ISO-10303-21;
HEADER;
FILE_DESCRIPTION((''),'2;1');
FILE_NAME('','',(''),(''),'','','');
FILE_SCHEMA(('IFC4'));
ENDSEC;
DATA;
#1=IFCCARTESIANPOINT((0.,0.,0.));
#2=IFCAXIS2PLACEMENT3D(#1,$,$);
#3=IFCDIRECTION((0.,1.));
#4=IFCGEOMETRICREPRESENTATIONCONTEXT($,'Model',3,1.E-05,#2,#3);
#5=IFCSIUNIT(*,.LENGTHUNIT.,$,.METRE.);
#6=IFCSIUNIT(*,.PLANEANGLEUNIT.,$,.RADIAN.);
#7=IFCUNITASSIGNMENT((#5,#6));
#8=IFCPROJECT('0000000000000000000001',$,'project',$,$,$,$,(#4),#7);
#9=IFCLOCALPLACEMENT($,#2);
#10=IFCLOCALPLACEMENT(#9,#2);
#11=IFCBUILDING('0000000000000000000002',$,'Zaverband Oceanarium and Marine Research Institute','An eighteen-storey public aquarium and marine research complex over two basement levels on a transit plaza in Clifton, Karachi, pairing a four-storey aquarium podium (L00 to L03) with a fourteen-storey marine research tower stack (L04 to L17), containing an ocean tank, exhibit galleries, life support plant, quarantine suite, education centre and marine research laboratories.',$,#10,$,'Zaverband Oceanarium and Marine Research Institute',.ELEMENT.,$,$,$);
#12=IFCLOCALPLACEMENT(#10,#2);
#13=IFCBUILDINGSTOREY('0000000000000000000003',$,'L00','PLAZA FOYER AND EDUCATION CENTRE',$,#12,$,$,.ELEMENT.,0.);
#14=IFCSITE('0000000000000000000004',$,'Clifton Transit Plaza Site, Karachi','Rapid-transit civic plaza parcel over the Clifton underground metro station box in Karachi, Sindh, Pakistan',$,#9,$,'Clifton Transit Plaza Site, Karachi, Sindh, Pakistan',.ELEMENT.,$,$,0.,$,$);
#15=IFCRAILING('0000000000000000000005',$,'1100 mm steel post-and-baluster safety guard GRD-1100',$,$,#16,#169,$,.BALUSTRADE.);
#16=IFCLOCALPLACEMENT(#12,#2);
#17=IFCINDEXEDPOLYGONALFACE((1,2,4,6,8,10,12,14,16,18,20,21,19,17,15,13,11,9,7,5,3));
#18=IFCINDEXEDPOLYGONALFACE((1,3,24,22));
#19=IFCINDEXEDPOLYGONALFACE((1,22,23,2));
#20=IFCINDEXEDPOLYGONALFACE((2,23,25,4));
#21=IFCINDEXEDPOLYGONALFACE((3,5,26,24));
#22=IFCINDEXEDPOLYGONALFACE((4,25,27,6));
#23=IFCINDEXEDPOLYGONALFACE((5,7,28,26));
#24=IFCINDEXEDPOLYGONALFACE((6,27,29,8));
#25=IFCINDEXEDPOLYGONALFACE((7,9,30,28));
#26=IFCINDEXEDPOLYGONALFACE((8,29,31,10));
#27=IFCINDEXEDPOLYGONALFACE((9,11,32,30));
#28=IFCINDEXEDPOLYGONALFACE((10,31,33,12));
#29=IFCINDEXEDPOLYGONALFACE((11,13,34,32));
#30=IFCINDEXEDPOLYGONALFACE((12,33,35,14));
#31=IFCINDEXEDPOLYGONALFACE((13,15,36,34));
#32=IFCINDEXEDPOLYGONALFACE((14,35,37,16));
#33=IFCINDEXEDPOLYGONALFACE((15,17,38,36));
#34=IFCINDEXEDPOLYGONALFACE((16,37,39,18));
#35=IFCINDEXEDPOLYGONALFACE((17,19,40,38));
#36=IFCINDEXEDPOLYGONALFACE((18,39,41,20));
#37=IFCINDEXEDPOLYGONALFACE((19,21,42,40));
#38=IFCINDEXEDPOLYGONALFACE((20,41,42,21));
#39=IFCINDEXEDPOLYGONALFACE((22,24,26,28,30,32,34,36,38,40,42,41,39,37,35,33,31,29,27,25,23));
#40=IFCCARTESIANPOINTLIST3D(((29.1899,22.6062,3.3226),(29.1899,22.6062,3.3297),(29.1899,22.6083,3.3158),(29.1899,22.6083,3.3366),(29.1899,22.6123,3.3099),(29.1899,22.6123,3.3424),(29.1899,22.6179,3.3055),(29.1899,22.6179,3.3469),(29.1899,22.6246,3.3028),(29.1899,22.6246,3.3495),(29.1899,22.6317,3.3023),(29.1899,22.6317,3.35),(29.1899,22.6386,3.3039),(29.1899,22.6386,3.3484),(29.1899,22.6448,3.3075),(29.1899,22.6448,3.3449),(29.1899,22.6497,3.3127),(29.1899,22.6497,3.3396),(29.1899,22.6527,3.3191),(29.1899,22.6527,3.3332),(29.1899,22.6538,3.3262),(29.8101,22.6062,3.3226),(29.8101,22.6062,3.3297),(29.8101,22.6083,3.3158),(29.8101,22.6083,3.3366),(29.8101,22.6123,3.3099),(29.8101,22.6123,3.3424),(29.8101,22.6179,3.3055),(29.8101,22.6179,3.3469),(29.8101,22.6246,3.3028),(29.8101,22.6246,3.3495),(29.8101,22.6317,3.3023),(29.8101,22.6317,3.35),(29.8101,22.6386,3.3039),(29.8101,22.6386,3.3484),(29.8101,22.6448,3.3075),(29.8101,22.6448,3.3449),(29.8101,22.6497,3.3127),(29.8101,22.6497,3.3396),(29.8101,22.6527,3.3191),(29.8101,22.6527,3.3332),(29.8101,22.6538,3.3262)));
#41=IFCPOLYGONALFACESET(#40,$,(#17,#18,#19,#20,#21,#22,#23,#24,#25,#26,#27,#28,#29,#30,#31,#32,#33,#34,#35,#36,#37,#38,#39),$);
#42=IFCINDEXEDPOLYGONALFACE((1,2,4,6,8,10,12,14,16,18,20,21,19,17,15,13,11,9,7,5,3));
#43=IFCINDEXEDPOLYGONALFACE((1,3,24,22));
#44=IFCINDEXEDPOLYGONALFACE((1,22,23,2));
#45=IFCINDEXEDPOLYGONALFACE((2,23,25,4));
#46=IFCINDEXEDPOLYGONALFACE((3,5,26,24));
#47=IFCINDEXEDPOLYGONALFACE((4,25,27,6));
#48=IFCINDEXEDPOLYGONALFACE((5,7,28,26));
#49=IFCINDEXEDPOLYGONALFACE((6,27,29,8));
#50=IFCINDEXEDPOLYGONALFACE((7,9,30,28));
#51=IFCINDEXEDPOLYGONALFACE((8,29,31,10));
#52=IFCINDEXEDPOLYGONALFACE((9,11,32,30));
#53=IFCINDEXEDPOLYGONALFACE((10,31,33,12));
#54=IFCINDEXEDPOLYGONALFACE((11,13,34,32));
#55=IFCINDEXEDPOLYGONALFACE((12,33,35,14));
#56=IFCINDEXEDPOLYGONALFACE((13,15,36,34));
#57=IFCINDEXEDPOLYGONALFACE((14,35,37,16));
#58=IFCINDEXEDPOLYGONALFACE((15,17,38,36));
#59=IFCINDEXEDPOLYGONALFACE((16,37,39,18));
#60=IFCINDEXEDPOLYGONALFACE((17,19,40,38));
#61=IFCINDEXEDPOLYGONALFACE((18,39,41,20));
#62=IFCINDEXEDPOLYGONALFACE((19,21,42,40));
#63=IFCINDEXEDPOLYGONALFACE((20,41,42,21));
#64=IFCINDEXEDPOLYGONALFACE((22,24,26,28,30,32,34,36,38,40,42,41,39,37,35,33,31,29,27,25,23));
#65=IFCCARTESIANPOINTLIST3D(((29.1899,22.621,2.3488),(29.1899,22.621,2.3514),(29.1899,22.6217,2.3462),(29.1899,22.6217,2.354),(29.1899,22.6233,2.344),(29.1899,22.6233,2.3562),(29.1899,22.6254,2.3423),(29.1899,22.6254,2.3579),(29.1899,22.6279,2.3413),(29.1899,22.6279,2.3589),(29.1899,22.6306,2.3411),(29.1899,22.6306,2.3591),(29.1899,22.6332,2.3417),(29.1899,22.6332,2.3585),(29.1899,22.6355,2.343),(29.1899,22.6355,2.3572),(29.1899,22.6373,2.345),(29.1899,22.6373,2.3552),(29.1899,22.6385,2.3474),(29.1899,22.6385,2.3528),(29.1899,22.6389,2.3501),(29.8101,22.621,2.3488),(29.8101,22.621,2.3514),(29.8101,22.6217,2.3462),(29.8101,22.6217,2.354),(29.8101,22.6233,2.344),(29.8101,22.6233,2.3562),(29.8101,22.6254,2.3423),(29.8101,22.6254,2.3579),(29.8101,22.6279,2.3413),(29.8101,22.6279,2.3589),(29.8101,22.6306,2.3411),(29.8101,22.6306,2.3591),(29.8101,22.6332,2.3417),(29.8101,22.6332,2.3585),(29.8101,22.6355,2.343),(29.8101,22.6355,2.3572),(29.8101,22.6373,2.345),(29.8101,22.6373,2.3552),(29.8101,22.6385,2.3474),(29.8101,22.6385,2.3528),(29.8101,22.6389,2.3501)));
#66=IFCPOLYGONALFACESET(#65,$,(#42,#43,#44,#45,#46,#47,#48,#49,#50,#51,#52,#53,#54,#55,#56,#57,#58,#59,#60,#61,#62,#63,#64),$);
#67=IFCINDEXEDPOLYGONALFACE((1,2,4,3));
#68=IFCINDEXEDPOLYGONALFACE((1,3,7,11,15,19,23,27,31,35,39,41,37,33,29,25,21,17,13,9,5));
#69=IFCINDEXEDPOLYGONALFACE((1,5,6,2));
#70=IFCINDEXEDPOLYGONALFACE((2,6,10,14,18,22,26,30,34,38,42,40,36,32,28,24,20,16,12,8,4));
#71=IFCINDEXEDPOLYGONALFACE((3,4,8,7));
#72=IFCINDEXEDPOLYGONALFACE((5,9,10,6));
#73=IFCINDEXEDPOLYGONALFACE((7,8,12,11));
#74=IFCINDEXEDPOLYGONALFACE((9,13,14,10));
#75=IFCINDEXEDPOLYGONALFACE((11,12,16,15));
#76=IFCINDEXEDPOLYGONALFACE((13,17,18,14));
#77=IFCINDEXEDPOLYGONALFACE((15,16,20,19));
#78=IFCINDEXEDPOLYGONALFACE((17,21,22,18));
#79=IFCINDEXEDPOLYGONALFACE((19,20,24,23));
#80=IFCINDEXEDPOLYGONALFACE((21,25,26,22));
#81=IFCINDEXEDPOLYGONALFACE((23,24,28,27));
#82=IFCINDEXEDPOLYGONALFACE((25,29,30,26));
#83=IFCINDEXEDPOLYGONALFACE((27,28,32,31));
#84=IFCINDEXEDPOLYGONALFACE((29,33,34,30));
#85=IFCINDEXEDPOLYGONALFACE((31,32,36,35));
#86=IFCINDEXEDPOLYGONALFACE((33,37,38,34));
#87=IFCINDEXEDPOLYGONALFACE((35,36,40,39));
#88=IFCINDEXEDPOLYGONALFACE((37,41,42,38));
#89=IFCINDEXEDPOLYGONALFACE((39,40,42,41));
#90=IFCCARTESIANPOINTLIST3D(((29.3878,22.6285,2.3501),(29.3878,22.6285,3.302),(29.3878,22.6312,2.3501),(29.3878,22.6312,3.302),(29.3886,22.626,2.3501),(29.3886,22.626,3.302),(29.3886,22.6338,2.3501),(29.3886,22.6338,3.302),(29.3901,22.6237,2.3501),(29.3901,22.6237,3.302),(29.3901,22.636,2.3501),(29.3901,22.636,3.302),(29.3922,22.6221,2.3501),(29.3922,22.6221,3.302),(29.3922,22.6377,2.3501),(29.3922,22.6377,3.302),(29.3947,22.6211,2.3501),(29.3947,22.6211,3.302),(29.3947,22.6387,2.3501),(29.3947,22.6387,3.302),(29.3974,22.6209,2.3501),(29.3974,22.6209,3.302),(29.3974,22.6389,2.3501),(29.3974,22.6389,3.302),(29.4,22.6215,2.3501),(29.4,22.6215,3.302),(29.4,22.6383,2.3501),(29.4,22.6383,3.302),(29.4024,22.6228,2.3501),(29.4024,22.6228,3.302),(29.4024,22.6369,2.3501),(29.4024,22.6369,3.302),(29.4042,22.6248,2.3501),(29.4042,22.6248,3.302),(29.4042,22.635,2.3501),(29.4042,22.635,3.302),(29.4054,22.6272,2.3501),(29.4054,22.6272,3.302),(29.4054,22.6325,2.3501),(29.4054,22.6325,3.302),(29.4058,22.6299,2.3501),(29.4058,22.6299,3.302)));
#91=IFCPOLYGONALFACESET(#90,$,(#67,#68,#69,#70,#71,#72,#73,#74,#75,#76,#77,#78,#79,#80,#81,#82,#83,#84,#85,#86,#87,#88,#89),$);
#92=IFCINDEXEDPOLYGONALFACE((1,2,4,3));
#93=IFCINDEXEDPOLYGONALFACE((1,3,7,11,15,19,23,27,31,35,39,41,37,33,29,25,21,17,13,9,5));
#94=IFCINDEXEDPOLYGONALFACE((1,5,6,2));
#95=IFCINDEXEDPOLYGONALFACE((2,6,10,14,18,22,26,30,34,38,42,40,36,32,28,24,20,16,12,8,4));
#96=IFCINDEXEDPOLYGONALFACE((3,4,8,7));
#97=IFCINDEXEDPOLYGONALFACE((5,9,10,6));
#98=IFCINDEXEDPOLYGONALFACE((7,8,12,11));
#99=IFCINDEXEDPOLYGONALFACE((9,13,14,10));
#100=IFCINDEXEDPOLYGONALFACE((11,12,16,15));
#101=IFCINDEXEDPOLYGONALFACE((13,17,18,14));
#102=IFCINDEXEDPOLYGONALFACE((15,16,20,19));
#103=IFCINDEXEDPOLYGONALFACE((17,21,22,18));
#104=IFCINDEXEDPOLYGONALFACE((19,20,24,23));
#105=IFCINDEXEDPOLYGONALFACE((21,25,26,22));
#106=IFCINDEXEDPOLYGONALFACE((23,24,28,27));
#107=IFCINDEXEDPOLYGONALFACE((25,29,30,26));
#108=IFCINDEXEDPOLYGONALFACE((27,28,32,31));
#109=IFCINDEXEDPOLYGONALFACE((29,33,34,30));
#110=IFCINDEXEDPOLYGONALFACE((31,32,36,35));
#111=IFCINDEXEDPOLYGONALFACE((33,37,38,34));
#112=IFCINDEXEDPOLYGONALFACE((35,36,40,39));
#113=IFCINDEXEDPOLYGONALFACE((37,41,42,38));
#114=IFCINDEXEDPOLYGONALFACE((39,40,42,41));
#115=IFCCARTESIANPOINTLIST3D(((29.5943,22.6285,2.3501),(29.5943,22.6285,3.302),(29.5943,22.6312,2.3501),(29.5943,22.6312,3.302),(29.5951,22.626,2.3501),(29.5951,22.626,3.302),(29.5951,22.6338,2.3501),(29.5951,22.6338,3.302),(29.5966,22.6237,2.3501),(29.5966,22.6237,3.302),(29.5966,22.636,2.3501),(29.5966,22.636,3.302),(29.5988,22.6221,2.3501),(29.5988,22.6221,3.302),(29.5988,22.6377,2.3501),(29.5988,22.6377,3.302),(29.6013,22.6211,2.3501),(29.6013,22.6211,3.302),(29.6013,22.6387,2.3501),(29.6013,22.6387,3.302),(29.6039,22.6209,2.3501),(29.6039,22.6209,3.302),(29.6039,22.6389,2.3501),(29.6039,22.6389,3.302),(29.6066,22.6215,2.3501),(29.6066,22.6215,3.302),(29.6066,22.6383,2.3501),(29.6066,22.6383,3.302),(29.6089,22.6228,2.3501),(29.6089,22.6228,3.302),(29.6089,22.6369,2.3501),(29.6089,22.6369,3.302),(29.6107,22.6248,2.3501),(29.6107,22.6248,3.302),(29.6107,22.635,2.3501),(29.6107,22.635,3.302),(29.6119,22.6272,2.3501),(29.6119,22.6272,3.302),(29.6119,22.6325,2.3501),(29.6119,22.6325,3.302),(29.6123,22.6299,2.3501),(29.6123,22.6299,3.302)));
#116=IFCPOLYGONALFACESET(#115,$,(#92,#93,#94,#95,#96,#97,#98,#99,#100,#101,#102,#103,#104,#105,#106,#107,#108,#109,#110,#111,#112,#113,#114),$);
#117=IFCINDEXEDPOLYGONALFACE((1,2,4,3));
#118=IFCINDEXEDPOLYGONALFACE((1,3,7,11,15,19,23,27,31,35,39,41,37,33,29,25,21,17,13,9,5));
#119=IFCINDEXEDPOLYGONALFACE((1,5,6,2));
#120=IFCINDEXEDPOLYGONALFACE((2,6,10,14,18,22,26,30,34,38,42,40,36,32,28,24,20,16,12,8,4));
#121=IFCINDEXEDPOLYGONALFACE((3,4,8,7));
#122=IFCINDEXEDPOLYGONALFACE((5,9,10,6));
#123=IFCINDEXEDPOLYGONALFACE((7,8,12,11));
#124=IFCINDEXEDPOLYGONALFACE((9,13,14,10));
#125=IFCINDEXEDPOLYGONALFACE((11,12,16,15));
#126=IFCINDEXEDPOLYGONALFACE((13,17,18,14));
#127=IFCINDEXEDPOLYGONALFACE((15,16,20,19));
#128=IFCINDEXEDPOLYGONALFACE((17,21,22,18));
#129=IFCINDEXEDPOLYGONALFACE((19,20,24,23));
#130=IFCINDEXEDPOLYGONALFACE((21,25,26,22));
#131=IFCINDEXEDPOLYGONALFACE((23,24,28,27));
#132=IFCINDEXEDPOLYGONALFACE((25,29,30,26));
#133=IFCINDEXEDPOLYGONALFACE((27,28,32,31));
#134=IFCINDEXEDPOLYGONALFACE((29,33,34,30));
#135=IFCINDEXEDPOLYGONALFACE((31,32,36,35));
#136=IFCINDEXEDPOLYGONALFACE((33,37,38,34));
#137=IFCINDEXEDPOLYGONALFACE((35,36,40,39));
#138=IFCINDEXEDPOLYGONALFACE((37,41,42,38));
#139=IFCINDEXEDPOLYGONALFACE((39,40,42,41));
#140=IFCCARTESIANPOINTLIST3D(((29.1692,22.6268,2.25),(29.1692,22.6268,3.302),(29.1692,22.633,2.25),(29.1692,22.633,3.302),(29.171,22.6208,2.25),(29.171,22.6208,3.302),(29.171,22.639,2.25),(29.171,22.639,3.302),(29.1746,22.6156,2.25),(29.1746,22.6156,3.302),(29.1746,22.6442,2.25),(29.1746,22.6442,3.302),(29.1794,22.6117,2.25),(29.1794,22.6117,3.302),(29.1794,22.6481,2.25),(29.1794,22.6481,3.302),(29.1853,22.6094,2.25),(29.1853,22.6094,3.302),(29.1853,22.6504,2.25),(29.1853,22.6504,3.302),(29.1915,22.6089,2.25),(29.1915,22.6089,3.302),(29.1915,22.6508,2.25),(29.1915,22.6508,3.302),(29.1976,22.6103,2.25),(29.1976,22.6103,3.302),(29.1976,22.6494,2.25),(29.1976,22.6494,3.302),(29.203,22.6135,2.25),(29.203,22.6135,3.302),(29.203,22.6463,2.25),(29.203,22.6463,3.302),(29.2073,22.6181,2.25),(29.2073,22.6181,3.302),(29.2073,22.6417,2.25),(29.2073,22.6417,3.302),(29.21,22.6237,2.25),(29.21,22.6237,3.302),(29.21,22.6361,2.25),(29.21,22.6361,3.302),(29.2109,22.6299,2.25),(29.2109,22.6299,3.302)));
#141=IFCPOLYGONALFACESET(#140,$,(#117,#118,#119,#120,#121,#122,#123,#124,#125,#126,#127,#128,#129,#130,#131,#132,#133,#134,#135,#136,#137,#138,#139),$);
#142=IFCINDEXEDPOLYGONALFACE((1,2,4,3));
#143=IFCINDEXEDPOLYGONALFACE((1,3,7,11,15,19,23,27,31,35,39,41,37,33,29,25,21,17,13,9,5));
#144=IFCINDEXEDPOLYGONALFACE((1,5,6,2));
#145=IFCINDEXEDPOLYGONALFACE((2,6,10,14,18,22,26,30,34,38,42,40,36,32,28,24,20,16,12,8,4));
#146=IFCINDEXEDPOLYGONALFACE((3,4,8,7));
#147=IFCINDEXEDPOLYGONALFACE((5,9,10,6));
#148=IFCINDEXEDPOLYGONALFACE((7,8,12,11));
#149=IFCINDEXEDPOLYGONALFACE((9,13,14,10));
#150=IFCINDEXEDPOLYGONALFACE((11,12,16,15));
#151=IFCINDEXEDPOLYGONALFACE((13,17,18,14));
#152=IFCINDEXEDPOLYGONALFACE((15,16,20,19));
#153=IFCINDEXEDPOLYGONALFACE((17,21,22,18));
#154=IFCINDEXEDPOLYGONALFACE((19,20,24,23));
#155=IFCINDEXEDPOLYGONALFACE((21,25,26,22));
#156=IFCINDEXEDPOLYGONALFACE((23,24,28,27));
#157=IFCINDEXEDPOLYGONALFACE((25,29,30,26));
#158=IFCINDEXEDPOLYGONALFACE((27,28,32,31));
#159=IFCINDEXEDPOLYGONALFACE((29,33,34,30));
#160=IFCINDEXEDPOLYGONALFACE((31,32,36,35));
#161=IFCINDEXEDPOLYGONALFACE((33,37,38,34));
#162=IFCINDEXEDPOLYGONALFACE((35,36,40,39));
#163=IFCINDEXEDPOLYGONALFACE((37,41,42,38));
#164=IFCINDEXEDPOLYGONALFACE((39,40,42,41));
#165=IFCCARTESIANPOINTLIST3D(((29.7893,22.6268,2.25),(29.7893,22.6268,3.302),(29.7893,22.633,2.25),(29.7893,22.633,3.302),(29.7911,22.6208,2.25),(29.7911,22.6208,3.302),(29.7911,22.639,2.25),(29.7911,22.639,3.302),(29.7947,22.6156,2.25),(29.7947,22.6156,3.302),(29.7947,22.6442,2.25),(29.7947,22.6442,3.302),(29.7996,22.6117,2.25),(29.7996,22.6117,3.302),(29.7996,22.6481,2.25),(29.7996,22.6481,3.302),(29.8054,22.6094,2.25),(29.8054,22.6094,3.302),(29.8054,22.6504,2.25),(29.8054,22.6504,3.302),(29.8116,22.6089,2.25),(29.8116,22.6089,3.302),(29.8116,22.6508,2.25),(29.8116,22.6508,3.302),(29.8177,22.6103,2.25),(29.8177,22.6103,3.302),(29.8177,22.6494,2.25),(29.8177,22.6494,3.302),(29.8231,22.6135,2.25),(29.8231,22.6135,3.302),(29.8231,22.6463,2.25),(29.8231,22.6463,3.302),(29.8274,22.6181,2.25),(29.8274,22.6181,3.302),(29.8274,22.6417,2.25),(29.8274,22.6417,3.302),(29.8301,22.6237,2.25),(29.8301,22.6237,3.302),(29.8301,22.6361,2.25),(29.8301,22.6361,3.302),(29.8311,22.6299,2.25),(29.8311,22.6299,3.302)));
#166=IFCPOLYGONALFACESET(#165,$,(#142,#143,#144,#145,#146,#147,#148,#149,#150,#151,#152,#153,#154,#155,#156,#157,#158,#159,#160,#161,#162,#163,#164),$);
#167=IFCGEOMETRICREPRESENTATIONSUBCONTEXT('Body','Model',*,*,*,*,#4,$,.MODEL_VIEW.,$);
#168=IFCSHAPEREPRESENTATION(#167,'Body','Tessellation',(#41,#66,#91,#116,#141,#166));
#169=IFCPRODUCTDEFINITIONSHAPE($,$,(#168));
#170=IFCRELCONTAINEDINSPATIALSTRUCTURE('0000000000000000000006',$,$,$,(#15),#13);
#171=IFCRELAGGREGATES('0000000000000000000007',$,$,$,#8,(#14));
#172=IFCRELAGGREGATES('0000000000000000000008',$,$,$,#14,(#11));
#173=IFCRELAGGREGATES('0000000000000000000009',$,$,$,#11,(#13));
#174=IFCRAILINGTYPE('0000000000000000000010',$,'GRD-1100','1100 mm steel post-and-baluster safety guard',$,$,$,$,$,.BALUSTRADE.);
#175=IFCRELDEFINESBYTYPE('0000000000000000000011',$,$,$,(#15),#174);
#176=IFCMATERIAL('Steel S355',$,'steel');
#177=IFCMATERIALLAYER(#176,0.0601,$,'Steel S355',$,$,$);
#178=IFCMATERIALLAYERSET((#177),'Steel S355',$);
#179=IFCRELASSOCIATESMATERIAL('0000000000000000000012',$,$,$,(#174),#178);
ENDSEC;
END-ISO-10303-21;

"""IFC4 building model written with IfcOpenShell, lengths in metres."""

from ifc_helpers import new_model, si_unit, direction, frame, origin, origin_2d, place, context, subcontext, project, spatial, circle, extrude, material, layer, layer_set, type_object, element, save


model = new_model("IFC4")

# Units and contexts
model_context = context("Model", 3, precision=1e-05, world=origin(), true_north=direction((0.0, 1.0)))
body_context = subcontext(model_context, "Body", "Model", "MODEL_VIEW")
ifc_project = project(units=[si_unit("LENGTHUNIT", "METRE"), si_unit("PLANEANGLEUNIT", "RADIAN")], contexts=[model_context])

# Site, building, storey
site_placement = place(None, origin())
site = spatial("IfcSite", under=ifc_project, at=site_placement, Name="Clifton Transit Plaza Site, Karachi", Description="Rapid-transit civic plaza parcel over the Clifton underground metro station box in Karachi, Sindh, Pakistan", LongName="Clifton Transit Plaza Site, Karachi, Sindh, Pakistan", CompositionType="ELEMENT", RefElevation=0.0)
building_placement = place(site_placement, origin())
building = spatial("IfcBuilding", under=site, at=building_placement, Name="Zaverband Oceanarium and Marine Research Institute", Description="An eighteen-storey public aquarium and marine research complex over two basement levels on a transit plaza in Clifton, Karachi, pairing a four-storey aquarium podium (L00 to L03) with a fourteen-storey marine research tower stack (L04 to L17), containing an ocean tank, exhibit galleries, life support plant, quarantine suite, education centre and marine research laboratories.", LongName="Zaverband Oceanarium and Marine Research Institute", CompositionType="ELEMENT")
storey_placement = place(building_placement, origin())
storey = spatial("IfcBuildingStorey", under=building, at=storey_placement, Name="L00", Description="PLAZA FOYER AND EDUCATION CENTRE", CompositionType="ELEMENT", Elevation=0.0)

# Shared definitions
ifc_material_1 = material(Name="Steel S355", Category="steel")

# Railing
ifc_layer_1 = layer(ifc_material_1, 0.0601, Name="Steel S355")
ifc_layer_set_1 = layer_set([ifc_layer_1], Name="Steel S355")
railing_type_1 = type_object("IfcRailingType", Name="GRD-1100", Description="1100 mm steel post-and-baluster safety guard", PredefinedType="BALUSTRADE", material=ifc_layer_set_1)
railing_1_placement = place(storey_placement, frame((29.1899, 22.6299, 2.25)))
element("IfcRailing", 1, at=railing_1_placement, inside=storey, type_object=railing_type_1, Name="1100 mm steel post-and-baluster safety guard GRD-1100", PredefinedType="BALUSTRADE", context=body_context, shape_type="SweptSolid", body=[
    extrude(circle(Radius=0.0239, at=origin_2d()), frame((0.0, 0.0, 1.0762), z_axis=(1.0, 0.0, 0.0), x_axis=(0.0, 1.0, 0.0)), (0.0, 0.0, 1.0), 0.6201),
    extrude(circle(Radius=0.009, at=origin_2d()), frame((0.0, 0.0, 0.1001), z_axis=(1.0, 0.0, 0.0), x_axis=(0.0, 1.0, 0.0)), (0.0, 0.0, 1.0), 0.6201),
    extrude(circle(Radius=0.009, at=origin_2d()), frame((0.2068, 0.0, 0.1001)), (0.0, 0.0, 1.0), 0.9519),
    extrude(circle(Radius=0.009, at=origin_2d()), frame((0.4133, 0.0, 0.1001)), (0.0, 0.0, 1.0), 0.9519),
    extrude(circle(Radius=0.021, at=origin_2d()), origin(), (0.0, 0.0, 1.0), 1.052),
    extrude(circle(Radius=0.021, at=origin_2d()), frame((0.6201, 0.0, 0.0)), (0.0, 0.0, 1.0), 1.052),
])

save(model, "model.ifc")
